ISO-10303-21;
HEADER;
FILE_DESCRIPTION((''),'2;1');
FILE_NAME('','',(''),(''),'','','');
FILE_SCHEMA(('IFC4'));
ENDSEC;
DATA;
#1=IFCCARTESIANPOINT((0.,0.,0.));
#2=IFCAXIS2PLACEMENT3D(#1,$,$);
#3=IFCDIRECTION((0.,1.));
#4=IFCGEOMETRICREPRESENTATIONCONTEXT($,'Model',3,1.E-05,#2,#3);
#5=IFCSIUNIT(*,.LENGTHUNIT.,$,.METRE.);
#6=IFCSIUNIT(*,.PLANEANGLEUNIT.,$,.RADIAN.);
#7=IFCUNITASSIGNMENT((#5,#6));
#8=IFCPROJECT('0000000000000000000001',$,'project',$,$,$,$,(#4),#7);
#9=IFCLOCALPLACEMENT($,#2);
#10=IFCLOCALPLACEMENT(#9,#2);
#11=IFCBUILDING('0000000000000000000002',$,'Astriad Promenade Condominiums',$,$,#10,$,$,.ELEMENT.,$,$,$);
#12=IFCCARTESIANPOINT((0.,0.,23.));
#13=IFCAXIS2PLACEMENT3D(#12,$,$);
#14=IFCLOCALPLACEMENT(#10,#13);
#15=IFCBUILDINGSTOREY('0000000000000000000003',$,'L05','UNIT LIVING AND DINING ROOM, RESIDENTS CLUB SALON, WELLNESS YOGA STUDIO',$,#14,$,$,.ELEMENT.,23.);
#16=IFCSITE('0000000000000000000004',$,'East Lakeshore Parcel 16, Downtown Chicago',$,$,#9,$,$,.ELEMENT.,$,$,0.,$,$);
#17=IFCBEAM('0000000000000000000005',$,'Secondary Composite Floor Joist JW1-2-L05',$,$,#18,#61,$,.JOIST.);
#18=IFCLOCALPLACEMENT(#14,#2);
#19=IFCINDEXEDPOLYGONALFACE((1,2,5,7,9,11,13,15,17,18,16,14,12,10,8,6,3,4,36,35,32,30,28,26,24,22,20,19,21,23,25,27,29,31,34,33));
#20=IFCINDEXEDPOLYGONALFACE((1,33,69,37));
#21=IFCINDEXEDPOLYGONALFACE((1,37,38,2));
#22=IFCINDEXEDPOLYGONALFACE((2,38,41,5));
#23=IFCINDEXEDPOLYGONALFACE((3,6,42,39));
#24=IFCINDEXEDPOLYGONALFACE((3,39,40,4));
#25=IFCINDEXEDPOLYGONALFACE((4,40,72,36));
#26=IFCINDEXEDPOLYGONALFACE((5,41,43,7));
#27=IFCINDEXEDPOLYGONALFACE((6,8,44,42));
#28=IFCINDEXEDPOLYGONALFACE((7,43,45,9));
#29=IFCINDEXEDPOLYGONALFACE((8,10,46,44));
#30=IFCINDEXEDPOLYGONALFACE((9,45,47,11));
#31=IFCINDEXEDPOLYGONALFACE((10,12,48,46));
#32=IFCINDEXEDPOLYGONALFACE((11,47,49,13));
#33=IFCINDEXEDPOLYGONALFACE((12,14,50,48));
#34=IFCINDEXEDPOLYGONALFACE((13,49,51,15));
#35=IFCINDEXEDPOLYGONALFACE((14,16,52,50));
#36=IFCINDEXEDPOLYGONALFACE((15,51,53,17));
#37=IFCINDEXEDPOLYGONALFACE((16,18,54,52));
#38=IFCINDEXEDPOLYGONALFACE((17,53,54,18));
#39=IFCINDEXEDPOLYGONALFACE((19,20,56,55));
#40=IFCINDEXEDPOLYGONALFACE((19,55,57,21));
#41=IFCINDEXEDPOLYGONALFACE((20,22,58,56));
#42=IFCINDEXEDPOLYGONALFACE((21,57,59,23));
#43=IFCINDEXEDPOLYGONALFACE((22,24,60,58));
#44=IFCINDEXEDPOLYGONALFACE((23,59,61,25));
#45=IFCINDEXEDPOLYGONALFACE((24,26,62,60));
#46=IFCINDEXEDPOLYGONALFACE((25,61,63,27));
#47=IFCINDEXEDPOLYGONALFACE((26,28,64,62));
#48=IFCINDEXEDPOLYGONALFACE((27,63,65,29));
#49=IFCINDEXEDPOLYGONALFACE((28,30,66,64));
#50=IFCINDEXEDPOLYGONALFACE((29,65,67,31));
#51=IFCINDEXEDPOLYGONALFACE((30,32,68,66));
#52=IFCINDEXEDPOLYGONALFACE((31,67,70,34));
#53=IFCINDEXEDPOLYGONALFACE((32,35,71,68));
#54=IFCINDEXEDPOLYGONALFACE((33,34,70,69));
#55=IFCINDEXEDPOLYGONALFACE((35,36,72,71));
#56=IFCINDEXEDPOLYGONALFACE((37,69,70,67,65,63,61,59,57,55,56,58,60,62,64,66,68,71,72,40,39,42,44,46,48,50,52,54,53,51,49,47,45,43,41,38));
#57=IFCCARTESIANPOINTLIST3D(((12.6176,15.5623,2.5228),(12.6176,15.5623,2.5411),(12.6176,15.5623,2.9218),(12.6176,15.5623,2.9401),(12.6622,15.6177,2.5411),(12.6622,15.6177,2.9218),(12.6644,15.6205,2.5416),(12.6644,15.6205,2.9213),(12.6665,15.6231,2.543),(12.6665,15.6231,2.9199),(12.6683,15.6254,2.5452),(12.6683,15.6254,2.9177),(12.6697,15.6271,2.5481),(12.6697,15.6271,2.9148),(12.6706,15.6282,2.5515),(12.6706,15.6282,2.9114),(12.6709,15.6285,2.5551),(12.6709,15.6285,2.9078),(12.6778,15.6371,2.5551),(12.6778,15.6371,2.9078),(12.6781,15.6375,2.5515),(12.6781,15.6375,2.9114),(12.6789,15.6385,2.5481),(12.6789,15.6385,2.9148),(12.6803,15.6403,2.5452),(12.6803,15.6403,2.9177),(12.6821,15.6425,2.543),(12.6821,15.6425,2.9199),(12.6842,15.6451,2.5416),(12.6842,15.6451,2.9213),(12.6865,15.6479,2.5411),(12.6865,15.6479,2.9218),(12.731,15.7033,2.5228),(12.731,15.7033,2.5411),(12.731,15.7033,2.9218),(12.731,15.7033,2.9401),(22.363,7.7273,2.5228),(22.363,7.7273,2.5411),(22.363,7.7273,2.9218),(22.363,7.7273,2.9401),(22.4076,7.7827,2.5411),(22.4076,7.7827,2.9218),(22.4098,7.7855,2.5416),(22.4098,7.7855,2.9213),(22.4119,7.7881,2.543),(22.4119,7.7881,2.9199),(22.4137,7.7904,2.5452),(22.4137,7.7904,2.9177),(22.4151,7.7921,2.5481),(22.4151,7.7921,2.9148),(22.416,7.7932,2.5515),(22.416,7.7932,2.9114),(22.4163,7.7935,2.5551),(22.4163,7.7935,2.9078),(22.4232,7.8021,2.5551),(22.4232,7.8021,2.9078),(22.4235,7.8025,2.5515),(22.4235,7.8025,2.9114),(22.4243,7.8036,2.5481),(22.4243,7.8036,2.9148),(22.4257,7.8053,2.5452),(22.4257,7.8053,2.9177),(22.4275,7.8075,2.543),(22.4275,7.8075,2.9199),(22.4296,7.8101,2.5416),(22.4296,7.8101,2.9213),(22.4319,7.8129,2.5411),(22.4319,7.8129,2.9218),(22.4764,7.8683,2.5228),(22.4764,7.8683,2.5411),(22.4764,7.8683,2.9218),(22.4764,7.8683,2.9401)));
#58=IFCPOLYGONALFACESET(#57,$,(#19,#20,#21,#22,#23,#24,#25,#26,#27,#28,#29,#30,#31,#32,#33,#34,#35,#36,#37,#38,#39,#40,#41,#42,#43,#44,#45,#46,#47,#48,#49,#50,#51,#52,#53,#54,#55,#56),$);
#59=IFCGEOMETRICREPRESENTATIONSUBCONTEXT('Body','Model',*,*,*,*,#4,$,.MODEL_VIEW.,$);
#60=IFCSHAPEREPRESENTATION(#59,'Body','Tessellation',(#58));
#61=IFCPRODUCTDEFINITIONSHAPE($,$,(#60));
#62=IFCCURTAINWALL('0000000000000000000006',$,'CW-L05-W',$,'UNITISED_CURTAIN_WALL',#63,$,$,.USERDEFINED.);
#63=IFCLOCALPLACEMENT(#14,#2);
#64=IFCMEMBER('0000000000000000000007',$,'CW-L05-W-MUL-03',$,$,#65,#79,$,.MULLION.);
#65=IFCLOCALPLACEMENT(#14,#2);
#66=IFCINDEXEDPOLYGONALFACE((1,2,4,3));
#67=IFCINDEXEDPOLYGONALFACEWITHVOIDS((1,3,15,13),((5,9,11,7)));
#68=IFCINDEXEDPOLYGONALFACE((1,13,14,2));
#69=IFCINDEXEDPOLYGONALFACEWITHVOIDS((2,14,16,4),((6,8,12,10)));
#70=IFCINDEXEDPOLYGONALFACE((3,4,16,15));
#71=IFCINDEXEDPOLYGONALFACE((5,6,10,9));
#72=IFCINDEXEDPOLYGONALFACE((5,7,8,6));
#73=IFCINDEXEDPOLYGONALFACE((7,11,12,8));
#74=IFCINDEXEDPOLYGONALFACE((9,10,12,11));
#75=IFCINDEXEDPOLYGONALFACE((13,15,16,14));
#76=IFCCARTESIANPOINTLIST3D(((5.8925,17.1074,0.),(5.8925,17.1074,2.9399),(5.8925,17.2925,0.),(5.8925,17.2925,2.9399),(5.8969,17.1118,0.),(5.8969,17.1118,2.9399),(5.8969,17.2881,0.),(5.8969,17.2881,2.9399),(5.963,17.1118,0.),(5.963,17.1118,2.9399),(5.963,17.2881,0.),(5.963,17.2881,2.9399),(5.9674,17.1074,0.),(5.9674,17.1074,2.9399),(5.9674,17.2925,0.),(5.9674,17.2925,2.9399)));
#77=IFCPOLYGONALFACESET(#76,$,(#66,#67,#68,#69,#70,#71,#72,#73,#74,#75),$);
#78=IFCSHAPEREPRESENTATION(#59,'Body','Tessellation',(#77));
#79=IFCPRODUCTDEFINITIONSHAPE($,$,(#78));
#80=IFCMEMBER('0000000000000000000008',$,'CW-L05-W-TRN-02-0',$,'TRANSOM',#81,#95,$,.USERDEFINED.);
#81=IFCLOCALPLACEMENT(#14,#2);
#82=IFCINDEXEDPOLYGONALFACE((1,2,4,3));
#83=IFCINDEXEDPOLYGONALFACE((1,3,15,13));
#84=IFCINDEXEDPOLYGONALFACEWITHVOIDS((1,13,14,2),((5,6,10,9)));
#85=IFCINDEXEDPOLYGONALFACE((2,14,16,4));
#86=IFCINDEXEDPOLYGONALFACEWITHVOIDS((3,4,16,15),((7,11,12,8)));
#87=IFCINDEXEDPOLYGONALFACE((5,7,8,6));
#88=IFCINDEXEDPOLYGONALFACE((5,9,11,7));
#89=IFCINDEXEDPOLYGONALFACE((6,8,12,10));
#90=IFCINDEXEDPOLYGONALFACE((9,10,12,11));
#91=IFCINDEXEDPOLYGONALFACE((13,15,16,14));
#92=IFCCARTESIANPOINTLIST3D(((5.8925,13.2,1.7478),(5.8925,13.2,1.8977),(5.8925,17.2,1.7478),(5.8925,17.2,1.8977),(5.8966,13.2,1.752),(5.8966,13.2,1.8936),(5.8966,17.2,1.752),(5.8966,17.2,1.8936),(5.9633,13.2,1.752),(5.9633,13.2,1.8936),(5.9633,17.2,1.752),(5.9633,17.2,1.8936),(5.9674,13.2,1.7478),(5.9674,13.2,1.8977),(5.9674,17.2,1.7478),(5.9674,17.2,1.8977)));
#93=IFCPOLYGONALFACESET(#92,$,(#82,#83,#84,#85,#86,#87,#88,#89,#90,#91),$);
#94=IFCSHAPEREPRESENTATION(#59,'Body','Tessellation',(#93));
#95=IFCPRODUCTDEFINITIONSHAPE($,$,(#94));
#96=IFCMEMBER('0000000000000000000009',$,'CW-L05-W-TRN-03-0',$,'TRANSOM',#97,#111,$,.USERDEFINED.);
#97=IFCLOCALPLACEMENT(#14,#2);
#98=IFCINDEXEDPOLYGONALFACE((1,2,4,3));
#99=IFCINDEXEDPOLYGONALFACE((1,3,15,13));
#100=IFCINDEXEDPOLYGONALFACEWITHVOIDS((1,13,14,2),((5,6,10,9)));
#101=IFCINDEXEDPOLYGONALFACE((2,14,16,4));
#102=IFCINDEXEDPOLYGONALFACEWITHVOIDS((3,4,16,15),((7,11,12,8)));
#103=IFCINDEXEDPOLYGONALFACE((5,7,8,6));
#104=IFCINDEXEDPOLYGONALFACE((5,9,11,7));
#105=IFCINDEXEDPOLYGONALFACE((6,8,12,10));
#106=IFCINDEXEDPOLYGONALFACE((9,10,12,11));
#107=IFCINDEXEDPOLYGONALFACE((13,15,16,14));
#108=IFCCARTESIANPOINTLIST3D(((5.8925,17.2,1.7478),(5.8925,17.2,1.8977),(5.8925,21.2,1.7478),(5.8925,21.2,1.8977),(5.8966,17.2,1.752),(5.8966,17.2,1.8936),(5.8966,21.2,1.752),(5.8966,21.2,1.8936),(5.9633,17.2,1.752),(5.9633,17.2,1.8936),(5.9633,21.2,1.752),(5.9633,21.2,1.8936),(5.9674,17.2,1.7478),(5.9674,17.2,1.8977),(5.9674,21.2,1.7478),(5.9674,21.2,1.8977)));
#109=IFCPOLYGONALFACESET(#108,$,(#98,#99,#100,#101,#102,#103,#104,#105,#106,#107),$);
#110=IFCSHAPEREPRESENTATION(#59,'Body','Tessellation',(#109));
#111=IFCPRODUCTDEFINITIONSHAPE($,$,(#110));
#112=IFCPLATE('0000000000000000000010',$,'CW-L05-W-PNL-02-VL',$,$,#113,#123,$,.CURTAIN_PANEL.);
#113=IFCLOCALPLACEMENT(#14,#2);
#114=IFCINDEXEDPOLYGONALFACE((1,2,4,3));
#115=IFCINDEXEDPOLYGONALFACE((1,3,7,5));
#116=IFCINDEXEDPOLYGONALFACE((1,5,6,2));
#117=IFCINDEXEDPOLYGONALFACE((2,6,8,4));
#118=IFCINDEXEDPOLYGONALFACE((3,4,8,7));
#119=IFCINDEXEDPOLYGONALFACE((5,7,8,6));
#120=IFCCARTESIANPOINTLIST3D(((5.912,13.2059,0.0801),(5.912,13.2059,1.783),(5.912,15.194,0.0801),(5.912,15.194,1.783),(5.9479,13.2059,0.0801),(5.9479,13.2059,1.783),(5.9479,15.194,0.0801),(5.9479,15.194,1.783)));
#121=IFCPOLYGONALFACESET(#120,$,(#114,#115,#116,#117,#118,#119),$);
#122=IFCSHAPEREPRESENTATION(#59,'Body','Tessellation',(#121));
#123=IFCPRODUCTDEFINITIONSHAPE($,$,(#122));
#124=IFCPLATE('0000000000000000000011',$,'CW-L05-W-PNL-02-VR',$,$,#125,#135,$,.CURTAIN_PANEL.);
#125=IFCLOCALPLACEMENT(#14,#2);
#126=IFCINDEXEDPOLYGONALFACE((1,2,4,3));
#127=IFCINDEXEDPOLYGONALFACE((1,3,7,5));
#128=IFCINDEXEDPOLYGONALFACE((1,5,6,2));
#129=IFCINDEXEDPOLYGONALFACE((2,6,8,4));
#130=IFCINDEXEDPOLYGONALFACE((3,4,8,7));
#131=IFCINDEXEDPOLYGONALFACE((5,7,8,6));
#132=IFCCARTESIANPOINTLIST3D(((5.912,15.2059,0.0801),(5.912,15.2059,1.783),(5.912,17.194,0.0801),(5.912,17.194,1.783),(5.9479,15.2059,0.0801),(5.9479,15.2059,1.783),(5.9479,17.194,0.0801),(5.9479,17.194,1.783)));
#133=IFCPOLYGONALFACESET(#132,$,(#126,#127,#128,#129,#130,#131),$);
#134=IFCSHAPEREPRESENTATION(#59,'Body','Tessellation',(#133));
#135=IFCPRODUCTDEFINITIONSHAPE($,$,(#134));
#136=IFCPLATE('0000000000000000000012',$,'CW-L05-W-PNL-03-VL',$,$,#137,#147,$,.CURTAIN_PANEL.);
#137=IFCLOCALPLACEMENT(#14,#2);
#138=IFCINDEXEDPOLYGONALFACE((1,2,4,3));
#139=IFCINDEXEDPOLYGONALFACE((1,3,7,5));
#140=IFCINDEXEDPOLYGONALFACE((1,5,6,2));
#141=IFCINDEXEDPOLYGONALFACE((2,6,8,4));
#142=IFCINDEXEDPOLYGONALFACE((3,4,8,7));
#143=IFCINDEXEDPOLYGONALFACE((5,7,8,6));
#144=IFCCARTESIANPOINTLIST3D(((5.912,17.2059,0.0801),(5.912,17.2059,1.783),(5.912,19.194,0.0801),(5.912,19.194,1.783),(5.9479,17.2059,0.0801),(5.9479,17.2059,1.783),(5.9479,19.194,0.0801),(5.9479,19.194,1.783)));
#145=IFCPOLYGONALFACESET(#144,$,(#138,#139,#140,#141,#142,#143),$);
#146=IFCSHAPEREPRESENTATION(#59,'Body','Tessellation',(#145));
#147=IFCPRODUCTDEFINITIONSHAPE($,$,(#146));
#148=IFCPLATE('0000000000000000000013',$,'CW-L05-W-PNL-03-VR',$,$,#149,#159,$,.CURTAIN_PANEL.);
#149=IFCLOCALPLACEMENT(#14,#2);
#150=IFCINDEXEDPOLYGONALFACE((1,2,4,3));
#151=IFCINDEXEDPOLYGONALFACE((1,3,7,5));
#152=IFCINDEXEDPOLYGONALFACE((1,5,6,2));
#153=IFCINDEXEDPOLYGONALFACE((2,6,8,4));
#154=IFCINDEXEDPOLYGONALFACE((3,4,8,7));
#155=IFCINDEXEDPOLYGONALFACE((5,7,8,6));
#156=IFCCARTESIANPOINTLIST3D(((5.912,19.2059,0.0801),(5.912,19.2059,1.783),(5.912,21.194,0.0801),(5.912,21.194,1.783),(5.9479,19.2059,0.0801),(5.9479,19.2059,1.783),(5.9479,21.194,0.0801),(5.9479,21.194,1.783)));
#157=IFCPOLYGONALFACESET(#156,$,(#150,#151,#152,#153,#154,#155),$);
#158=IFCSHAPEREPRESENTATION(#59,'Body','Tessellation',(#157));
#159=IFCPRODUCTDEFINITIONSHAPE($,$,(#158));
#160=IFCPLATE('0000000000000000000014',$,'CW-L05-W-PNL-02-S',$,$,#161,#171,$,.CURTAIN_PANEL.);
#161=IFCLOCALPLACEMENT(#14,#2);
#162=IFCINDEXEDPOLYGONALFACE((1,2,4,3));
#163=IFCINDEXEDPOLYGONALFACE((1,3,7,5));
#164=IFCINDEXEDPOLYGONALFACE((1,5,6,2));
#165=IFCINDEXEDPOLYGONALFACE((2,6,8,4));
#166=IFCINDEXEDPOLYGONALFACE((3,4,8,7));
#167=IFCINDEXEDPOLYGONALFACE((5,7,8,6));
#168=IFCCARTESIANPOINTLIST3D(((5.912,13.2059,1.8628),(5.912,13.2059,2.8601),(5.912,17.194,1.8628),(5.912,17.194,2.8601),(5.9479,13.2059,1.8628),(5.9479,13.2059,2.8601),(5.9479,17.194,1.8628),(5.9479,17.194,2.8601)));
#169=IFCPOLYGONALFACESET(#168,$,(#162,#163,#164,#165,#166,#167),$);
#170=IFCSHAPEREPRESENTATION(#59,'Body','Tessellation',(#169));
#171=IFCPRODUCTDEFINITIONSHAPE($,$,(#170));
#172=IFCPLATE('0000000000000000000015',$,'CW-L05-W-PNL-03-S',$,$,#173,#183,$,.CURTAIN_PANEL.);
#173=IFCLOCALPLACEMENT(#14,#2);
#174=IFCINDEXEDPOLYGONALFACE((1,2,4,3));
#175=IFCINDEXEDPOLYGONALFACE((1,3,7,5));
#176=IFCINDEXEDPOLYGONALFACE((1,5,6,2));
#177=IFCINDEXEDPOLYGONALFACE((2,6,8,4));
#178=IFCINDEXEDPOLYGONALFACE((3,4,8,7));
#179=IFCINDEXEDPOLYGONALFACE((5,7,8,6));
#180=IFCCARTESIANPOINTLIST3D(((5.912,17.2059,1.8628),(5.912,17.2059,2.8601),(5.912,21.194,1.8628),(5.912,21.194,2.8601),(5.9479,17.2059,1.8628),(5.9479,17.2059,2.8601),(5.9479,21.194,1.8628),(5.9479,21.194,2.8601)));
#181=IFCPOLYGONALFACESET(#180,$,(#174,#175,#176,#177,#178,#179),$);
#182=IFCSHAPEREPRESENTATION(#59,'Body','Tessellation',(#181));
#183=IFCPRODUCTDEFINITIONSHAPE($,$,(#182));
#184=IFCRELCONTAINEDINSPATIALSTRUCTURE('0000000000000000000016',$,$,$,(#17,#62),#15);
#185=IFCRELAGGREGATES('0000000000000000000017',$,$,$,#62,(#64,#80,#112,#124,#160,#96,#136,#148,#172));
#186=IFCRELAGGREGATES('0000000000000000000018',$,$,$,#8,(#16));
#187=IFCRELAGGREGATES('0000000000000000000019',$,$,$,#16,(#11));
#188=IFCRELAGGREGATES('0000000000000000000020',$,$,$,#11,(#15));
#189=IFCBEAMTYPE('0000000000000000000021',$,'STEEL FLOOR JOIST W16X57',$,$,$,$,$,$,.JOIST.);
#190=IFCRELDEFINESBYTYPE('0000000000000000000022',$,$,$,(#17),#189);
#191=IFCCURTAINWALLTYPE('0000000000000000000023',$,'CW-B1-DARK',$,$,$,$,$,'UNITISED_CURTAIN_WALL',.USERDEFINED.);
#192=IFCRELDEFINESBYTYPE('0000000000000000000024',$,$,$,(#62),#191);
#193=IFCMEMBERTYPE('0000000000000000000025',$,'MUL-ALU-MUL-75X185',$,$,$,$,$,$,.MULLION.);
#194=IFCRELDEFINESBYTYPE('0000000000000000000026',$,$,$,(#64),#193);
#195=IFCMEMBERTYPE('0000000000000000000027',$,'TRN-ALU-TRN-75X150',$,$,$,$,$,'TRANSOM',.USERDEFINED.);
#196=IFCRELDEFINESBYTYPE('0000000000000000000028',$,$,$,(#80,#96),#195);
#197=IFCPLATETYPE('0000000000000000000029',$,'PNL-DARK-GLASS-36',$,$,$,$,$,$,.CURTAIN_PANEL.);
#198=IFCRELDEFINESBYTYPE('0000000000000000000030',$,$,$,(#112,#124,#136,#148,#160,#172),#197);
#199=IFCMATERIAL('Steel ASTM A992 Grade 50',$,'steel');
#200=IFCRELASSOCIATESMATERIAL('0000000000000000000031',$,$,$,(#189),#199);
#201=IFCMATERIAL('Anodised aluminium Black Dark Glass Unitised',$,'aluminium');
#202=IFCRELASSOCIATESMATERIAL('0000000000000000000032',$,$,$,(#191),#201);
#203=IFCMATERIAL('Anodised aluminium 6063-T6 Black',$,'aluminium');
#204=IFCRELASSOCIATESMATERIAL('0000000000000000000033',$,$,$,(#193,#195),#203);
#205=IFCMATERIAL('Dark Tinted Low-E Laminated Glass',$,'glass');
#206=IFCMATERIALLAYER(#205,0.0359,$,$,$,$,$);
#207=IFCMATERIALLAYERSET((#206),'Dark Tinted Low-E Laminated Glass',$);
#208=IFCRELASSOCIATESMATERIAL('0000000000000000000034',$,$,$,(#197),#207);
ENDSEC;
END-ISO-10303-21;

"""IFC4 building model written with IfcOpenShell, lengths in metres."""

from ifc_helpers import new_model, si_unit, direction, frame, origin, origin_2d, place, context, subcontext, project, spatial, rectangle, hollow_rectangle, i_section, extrude, source, transform, mapped, material, layer, layer_set, material_profile, profile_set, type_object, type_shapes, element, aggregate, save


model = new_model("IFC4")

# Units and contexts
model_context = context("Model", 3, precision=1e-05, world=origin(), true_north=direction((0.0, 1.0)))
body_context = subcontext(model_context, "Body", "Model", "MODEL_VIEW")
ifc_project = project(units=[si_unit("LENGTHUNIT", "METRE"), si_unit("PLANEANGLEUNIT", "RADIAN")], contexts=[model_context])

# Site, building, storey
site_placement = place(None, origin())
site = spatial("IfcSite", under=ifc_project, at=site_placement, Name="East Lakeshore Parcel 16, Downtown Chicago", CompositionType="ELEMENT", RefElevation=0.0)
building_placement = place(site_placement, origin())
building = spatial("IfcBuilding", under=site, at=building_placement, Name="Astriad Promenade Condominiums", CompositionType="ELEMENT")
storey_placement = place(building_placement, frame((0.0, 0.0, 23.0)))
storey = spatial("IfcBuildingStorey", under=building, at=storey_placement, Name="L05", Description="UNIT LIVING AND DINING ROOM, RESIDENTS CLUB SALON, WELLNESS YOGA STUDIO", CompositionType="ELEMENT", Elevation=23.0)

# Beam
ifc_material_1 = material(Name="Steel ASTM A992 Grade 50", Category="steel")
ifc_material_profile_1 = material_profile(ifc_material_1, i_section(OverallWidth=0.1809, OverallDepth=0.4172, WebThickness=0.011, FlangeThickness=0.0183, FilletRadius=0.0139, at=origin_2d()), Name="W16X57")
ifc_profile_set_1 = profile_set([ifc_material_profile_1], Name="Steel ASTM A992 Grade 50")
beam_type_1 = type_object("IfcBeamType", Name="STEEL FLOOR JOIST W16X57", PredefinedType="JOIST", material=ifc_profile_set_1)
shared_shape_1 = source(origin(), body_context, "Body", "SweptSolid", [
    extrude(i_section(OverallWidth=0.1809, OverallDepth=0.4172, WebThickness=0.011, FlangeThickness=0.0183, FilletRadius=0.0139, at=origin_2d()), origin(), (0.0, 0.0, 1.0), 12.5044),
])
beam_1_placement = place(storey_placement, frame((12.6743, 15.6328, 2.7314), z_axis=(0.779358, -0.626579, 0.0), x_axis=(0.626579, 0.779358, 0.0)))
element("IfcBeam", 1, at=beam_1_placement, inside=storey, type_object=beam_type_1, Name="Secondary Composite Floor Joist JW1-2-L05", PredefinedType="JOIST", context=body_context, shape_type="MappedRepresentation", body=[
    mapped(shared_shape_1, transform((0.0, 0.0, 0.0), scale=1.0)),
])

# Curtain wall, members, plates
ifc_material_2 = material(Name="Anodised aluminium Black Dark Glass Unitised", Category="aluminium")
curtain_wall_type = type_object("IfcCurtainWallType", Name="CW-B1-DARK", ElementType="UNITISED_CURTAIN_WALL", PredefinedType="USERDEFINED", material=ifc_material_2)
curtain_wall_placement = place(storey_placement, origin())
curtain_wall = element("IfcCurtainWall", 2, at=curtain_wall_placement, inside=storey, type_object=curtain_wall_type, Name="CW-L05-W", ObjectType="UNITISED_CURTAIN_WALL", PredefinedType="USERDEFINED")
ifc_material_3 = material(Name="Anodised aluminium 6063-T6 Black", Category="aluminium")
ifc_material_profile_2 = material_profile(ifc_material_3, hollow_rectangle(XDim=0.075, YDim=0.1851, WallThickness=0.0044, at=origin_2d()), Name="ALU-MUL-75X185")
ifc_profile_set_2 = profile_set([ifc_material_profile_2], Name="Anodised aluminium 6063-T6 Black")
member_type_1 = type_object("IfcMemberType", Name="MUL-ALU-MUL-75X185", PredefinedType="MULLION", material=ifc_profile_set_2)
shared_shape_2 = source(origin(), body_context, "Body", "SweptSolid", [
    extrude(hollow_rectangle(XDim=0.075, YDim=0.1851, WallThickness=0.0044, at=origin_2d()), origin(), (0.0, 0.0, 1.0), 2.9399),
])
type_shapes(member_type_1, [shared_shape_2])
member_1_placement = place(storey_placement, frame((5.9299, 17.2, 0.0), z_axis=(0.0, 0.0, 1.0), x_axis=(1.0, 0.0, 0.0)))
member_1 = element("IfcMember", 3, at=member_1_placement, type_object=member_type_1, Name="CW-L05-W-MUL-03", PredefinedType="MULLION", context=body_context, shape_type="MappedRepresentation", body=[
    mapped(shared_shape_2, transform((0.0, 0.0, 0.0), scale=1.0)),
])
ifc_material_profile_3 = material_profile(ifc_material_3, hollow_rectangle(XDim=0.075, YDim=0.1499, WallThickness=0.0042, at=origin_2d()), Name="ALU-TRN-75X150")
ifc_profile_set_3 = profile_set([ifc_material_profile_3], Name="Anodised aluminium 6063-T6 Black")
member_type_2 = type_object("IfcMemberType", Name="TRN-ALU-TRN-75X150", ElementType="TRANSOM", PredefinedType="USERDEFINED", material=ifc_profile_set_3)
shared_shape_3 = source(origin(), body_context, "Body", "SweptSolid", [
    extrude(hollow_rectangle(XDim=0.075, YDim=0.1499, WallThickness=0.0042, at=origin_2d()), origin(), (0.0, 0.0, 1.0), 4.0),
])
type_shapes(member_type_2, [shared_shape_3])
member_2_placement = place(storey_placement, frame((5.9299, 13.2, 1.8228), z_axis=(0.0, 1.0, 0.0), x_axis=(-1.0, 0.0, 0.0)))
member_2 = element("IfcMember", 4, at=member_2_placement, type_object=member_type_2, Name="CW-L05-W-TRN-02-0", ObjectType="TRANSOM", PredefinedType="USERDEFINED", context=body_context, shape_type="MappedRepresentation", body=[
    mapped(shared_shape_3, transform((0.0, 0.0, 0.0), scale=1.0)),
])
member_3_placement = place(storey_placement, frame((5.9299, 17.2, 1.8228), z_axis=(0.0, 1.0, 0.0), x_axis=(-1.0, 0.0, 0.0)))
member_3 = element("IfcMember", 5, at=member_3_placement, type_object=member_type_2, Name="CW-L05-W-TRN-03-0", ObjectType="TRANSOM", PredefinedType="USERDEFINED", context=body_context, shape_type="MappedRepresentation", body=[
    mapped(shared_shape_3, transform((0.0, 0.0, 0.0), scale=1.0)),
])
ifc_material_4 = material(Name="Dark Tinted Low-E Laminated Glass", Category="glass")
ifc_layer_1 = layer(ifc_material_4, 0.0359)
ifc_layer_set_1 = layer_set([ifc_layer_1], Name="Dark Tinted Low-E Laminated Glass")
plate_type = type_object("IfcPlateType", Name="PNL-DARK-GLASS-36", PredefinedType="CURTAIN_PANEL", material=ifc_layer_set_1)
shared_shape_4 = source(origin(), body_context, "Body", "SweptSolid", [
    extrude(rectangle(XDim=1.988, YDim=0.0359, at=origin_2d()), origin(), (0.0, 0.0, 1.0), 1.7029),
])
plate_1_placement = place(storey_placement, frame((5.9299, 14.2, 0.0801), z_axis=(0.0, 0.0, 1.0), x_axis=(0.0, 1.0, 0.0)))
plate_1 = element("IfcPlate", 6, at=plate_1_placement, type_object=plate_type, Name="CW-L05-W-PNL-02-VL", PredefinedType="CURTAIN_PANEL", context=body_context, shape_type="MappedRepresentation", body=[
    mapped(shared_shape_4, transform((0.0, 0.0, 0.0), scale=1.0)),
])
plate_2_placement = place(storey_placement, frame((5.9299, 16.2, 0.0801), z_axis=(0.0, 0.0, 1.0), x_axis=(0.0, 1.0, 0.0)))
plate_2 = element("IfcPlate", 7, at=plate_2_placement, type_object=plate_type, Name="CW-L05-W-PNL-02-VR", PredefinedType="CURTAIN_PANEL", context=body_context, shape_type="MappedRepresentation", body=[
    mapped(shared_shape_4, transform((0.0, 0.0, 0.0), scale=1.0)),
])
plate_3_placement = place(storey_placement, frame((5.9299, 18.2, 0.0801), z_axis=(0.0, 0.0, 1.0), x_axis=(0.0, 1.0, 0.0)))
plate_3 = element("IfcPlate", 8, at=plate_3_placement, type_object=plate_type, Name="CW-L05-W-PNL-03-VL", PredefinedType="CURTAIN_PANEL", context=body_context, shape_type="MappedRepresentation", body=[
    mapped(shared_shape_4, transform((0.0, 0.0, 0.0), scale=1.0)),
])
plate_4_placement = place(storey_placement, frame((5.9299, 20.2, 0.0801), z_axis=(0.0, 0.0, 1.0), x_axis=(0.0, 1.0, 0.0)))
plate_4 = element("IfcPlate", 9, at=plate_4_placement, type_object=plate_type, Name="CW-L05-W-PNL-03-VR", PredefinedType="CURTAIN_PANEL", context=body_context, shape_type="MappedRepresentation", body=[
    mapped(shared_shape_4, transform((0.0, 0.0, 0.0), scale=1.0)),
])
shared_shape_5 = source(origin(), body_context, "Body", "SweptSolid", [
    extrude(rectangle(XDim=3.988, YDim=0.0359, at=origin_2d()), origin(), (0.0, 0.0, 1.0), 0.9973),
])
type_shapes(plate_type, [shared_shape_4, shared_shape_5])
plate_5_placement = place(storey_placement, frame((5.9299, 15.2, 1.8628), z_axis=(0.0, 0.0, 1.0), x_axis=(0.0, 1.0, 0.0)))
plate_5 = element("IfcPlate", 10, at=plate_5_placement, type_object=plate_type, Name="CW-L05-W-PNL-02-S", PredefinedType="CURTAIN_PANEL", context=body_context, shape_type="MappedRepresentation", body=[
    mapped(shared_shape_5, transform((0.0, 0.0, 0.0), scale=1.0)),
])
plate_6_placement = place(storey_placement, frame((5.9299, 19.2, 1.8628), z_axis=(0.0, 0.0, 1.0), x_axis=(0.0, 1.0, 0.0)))
plate_6 = element("IfcPlate", 11, at=plate_6_placement, type_object=plate_type, Name="CW-L05-W-PNL-03-S", PredefinedType="CURTAIN_PANEL", context=body_context, shape_type="MappedRepresentation", body=[
    mapped(shared_shape_5, transform((0.0, 0.0, 0.0), scale=1.0)),
])
aggregate(curtain_wall, [member_1, member_2, plate_1, plate_2, plate_5, member_3, plate_3, plate_4, plate_6])

save(model, "model.ifc")
